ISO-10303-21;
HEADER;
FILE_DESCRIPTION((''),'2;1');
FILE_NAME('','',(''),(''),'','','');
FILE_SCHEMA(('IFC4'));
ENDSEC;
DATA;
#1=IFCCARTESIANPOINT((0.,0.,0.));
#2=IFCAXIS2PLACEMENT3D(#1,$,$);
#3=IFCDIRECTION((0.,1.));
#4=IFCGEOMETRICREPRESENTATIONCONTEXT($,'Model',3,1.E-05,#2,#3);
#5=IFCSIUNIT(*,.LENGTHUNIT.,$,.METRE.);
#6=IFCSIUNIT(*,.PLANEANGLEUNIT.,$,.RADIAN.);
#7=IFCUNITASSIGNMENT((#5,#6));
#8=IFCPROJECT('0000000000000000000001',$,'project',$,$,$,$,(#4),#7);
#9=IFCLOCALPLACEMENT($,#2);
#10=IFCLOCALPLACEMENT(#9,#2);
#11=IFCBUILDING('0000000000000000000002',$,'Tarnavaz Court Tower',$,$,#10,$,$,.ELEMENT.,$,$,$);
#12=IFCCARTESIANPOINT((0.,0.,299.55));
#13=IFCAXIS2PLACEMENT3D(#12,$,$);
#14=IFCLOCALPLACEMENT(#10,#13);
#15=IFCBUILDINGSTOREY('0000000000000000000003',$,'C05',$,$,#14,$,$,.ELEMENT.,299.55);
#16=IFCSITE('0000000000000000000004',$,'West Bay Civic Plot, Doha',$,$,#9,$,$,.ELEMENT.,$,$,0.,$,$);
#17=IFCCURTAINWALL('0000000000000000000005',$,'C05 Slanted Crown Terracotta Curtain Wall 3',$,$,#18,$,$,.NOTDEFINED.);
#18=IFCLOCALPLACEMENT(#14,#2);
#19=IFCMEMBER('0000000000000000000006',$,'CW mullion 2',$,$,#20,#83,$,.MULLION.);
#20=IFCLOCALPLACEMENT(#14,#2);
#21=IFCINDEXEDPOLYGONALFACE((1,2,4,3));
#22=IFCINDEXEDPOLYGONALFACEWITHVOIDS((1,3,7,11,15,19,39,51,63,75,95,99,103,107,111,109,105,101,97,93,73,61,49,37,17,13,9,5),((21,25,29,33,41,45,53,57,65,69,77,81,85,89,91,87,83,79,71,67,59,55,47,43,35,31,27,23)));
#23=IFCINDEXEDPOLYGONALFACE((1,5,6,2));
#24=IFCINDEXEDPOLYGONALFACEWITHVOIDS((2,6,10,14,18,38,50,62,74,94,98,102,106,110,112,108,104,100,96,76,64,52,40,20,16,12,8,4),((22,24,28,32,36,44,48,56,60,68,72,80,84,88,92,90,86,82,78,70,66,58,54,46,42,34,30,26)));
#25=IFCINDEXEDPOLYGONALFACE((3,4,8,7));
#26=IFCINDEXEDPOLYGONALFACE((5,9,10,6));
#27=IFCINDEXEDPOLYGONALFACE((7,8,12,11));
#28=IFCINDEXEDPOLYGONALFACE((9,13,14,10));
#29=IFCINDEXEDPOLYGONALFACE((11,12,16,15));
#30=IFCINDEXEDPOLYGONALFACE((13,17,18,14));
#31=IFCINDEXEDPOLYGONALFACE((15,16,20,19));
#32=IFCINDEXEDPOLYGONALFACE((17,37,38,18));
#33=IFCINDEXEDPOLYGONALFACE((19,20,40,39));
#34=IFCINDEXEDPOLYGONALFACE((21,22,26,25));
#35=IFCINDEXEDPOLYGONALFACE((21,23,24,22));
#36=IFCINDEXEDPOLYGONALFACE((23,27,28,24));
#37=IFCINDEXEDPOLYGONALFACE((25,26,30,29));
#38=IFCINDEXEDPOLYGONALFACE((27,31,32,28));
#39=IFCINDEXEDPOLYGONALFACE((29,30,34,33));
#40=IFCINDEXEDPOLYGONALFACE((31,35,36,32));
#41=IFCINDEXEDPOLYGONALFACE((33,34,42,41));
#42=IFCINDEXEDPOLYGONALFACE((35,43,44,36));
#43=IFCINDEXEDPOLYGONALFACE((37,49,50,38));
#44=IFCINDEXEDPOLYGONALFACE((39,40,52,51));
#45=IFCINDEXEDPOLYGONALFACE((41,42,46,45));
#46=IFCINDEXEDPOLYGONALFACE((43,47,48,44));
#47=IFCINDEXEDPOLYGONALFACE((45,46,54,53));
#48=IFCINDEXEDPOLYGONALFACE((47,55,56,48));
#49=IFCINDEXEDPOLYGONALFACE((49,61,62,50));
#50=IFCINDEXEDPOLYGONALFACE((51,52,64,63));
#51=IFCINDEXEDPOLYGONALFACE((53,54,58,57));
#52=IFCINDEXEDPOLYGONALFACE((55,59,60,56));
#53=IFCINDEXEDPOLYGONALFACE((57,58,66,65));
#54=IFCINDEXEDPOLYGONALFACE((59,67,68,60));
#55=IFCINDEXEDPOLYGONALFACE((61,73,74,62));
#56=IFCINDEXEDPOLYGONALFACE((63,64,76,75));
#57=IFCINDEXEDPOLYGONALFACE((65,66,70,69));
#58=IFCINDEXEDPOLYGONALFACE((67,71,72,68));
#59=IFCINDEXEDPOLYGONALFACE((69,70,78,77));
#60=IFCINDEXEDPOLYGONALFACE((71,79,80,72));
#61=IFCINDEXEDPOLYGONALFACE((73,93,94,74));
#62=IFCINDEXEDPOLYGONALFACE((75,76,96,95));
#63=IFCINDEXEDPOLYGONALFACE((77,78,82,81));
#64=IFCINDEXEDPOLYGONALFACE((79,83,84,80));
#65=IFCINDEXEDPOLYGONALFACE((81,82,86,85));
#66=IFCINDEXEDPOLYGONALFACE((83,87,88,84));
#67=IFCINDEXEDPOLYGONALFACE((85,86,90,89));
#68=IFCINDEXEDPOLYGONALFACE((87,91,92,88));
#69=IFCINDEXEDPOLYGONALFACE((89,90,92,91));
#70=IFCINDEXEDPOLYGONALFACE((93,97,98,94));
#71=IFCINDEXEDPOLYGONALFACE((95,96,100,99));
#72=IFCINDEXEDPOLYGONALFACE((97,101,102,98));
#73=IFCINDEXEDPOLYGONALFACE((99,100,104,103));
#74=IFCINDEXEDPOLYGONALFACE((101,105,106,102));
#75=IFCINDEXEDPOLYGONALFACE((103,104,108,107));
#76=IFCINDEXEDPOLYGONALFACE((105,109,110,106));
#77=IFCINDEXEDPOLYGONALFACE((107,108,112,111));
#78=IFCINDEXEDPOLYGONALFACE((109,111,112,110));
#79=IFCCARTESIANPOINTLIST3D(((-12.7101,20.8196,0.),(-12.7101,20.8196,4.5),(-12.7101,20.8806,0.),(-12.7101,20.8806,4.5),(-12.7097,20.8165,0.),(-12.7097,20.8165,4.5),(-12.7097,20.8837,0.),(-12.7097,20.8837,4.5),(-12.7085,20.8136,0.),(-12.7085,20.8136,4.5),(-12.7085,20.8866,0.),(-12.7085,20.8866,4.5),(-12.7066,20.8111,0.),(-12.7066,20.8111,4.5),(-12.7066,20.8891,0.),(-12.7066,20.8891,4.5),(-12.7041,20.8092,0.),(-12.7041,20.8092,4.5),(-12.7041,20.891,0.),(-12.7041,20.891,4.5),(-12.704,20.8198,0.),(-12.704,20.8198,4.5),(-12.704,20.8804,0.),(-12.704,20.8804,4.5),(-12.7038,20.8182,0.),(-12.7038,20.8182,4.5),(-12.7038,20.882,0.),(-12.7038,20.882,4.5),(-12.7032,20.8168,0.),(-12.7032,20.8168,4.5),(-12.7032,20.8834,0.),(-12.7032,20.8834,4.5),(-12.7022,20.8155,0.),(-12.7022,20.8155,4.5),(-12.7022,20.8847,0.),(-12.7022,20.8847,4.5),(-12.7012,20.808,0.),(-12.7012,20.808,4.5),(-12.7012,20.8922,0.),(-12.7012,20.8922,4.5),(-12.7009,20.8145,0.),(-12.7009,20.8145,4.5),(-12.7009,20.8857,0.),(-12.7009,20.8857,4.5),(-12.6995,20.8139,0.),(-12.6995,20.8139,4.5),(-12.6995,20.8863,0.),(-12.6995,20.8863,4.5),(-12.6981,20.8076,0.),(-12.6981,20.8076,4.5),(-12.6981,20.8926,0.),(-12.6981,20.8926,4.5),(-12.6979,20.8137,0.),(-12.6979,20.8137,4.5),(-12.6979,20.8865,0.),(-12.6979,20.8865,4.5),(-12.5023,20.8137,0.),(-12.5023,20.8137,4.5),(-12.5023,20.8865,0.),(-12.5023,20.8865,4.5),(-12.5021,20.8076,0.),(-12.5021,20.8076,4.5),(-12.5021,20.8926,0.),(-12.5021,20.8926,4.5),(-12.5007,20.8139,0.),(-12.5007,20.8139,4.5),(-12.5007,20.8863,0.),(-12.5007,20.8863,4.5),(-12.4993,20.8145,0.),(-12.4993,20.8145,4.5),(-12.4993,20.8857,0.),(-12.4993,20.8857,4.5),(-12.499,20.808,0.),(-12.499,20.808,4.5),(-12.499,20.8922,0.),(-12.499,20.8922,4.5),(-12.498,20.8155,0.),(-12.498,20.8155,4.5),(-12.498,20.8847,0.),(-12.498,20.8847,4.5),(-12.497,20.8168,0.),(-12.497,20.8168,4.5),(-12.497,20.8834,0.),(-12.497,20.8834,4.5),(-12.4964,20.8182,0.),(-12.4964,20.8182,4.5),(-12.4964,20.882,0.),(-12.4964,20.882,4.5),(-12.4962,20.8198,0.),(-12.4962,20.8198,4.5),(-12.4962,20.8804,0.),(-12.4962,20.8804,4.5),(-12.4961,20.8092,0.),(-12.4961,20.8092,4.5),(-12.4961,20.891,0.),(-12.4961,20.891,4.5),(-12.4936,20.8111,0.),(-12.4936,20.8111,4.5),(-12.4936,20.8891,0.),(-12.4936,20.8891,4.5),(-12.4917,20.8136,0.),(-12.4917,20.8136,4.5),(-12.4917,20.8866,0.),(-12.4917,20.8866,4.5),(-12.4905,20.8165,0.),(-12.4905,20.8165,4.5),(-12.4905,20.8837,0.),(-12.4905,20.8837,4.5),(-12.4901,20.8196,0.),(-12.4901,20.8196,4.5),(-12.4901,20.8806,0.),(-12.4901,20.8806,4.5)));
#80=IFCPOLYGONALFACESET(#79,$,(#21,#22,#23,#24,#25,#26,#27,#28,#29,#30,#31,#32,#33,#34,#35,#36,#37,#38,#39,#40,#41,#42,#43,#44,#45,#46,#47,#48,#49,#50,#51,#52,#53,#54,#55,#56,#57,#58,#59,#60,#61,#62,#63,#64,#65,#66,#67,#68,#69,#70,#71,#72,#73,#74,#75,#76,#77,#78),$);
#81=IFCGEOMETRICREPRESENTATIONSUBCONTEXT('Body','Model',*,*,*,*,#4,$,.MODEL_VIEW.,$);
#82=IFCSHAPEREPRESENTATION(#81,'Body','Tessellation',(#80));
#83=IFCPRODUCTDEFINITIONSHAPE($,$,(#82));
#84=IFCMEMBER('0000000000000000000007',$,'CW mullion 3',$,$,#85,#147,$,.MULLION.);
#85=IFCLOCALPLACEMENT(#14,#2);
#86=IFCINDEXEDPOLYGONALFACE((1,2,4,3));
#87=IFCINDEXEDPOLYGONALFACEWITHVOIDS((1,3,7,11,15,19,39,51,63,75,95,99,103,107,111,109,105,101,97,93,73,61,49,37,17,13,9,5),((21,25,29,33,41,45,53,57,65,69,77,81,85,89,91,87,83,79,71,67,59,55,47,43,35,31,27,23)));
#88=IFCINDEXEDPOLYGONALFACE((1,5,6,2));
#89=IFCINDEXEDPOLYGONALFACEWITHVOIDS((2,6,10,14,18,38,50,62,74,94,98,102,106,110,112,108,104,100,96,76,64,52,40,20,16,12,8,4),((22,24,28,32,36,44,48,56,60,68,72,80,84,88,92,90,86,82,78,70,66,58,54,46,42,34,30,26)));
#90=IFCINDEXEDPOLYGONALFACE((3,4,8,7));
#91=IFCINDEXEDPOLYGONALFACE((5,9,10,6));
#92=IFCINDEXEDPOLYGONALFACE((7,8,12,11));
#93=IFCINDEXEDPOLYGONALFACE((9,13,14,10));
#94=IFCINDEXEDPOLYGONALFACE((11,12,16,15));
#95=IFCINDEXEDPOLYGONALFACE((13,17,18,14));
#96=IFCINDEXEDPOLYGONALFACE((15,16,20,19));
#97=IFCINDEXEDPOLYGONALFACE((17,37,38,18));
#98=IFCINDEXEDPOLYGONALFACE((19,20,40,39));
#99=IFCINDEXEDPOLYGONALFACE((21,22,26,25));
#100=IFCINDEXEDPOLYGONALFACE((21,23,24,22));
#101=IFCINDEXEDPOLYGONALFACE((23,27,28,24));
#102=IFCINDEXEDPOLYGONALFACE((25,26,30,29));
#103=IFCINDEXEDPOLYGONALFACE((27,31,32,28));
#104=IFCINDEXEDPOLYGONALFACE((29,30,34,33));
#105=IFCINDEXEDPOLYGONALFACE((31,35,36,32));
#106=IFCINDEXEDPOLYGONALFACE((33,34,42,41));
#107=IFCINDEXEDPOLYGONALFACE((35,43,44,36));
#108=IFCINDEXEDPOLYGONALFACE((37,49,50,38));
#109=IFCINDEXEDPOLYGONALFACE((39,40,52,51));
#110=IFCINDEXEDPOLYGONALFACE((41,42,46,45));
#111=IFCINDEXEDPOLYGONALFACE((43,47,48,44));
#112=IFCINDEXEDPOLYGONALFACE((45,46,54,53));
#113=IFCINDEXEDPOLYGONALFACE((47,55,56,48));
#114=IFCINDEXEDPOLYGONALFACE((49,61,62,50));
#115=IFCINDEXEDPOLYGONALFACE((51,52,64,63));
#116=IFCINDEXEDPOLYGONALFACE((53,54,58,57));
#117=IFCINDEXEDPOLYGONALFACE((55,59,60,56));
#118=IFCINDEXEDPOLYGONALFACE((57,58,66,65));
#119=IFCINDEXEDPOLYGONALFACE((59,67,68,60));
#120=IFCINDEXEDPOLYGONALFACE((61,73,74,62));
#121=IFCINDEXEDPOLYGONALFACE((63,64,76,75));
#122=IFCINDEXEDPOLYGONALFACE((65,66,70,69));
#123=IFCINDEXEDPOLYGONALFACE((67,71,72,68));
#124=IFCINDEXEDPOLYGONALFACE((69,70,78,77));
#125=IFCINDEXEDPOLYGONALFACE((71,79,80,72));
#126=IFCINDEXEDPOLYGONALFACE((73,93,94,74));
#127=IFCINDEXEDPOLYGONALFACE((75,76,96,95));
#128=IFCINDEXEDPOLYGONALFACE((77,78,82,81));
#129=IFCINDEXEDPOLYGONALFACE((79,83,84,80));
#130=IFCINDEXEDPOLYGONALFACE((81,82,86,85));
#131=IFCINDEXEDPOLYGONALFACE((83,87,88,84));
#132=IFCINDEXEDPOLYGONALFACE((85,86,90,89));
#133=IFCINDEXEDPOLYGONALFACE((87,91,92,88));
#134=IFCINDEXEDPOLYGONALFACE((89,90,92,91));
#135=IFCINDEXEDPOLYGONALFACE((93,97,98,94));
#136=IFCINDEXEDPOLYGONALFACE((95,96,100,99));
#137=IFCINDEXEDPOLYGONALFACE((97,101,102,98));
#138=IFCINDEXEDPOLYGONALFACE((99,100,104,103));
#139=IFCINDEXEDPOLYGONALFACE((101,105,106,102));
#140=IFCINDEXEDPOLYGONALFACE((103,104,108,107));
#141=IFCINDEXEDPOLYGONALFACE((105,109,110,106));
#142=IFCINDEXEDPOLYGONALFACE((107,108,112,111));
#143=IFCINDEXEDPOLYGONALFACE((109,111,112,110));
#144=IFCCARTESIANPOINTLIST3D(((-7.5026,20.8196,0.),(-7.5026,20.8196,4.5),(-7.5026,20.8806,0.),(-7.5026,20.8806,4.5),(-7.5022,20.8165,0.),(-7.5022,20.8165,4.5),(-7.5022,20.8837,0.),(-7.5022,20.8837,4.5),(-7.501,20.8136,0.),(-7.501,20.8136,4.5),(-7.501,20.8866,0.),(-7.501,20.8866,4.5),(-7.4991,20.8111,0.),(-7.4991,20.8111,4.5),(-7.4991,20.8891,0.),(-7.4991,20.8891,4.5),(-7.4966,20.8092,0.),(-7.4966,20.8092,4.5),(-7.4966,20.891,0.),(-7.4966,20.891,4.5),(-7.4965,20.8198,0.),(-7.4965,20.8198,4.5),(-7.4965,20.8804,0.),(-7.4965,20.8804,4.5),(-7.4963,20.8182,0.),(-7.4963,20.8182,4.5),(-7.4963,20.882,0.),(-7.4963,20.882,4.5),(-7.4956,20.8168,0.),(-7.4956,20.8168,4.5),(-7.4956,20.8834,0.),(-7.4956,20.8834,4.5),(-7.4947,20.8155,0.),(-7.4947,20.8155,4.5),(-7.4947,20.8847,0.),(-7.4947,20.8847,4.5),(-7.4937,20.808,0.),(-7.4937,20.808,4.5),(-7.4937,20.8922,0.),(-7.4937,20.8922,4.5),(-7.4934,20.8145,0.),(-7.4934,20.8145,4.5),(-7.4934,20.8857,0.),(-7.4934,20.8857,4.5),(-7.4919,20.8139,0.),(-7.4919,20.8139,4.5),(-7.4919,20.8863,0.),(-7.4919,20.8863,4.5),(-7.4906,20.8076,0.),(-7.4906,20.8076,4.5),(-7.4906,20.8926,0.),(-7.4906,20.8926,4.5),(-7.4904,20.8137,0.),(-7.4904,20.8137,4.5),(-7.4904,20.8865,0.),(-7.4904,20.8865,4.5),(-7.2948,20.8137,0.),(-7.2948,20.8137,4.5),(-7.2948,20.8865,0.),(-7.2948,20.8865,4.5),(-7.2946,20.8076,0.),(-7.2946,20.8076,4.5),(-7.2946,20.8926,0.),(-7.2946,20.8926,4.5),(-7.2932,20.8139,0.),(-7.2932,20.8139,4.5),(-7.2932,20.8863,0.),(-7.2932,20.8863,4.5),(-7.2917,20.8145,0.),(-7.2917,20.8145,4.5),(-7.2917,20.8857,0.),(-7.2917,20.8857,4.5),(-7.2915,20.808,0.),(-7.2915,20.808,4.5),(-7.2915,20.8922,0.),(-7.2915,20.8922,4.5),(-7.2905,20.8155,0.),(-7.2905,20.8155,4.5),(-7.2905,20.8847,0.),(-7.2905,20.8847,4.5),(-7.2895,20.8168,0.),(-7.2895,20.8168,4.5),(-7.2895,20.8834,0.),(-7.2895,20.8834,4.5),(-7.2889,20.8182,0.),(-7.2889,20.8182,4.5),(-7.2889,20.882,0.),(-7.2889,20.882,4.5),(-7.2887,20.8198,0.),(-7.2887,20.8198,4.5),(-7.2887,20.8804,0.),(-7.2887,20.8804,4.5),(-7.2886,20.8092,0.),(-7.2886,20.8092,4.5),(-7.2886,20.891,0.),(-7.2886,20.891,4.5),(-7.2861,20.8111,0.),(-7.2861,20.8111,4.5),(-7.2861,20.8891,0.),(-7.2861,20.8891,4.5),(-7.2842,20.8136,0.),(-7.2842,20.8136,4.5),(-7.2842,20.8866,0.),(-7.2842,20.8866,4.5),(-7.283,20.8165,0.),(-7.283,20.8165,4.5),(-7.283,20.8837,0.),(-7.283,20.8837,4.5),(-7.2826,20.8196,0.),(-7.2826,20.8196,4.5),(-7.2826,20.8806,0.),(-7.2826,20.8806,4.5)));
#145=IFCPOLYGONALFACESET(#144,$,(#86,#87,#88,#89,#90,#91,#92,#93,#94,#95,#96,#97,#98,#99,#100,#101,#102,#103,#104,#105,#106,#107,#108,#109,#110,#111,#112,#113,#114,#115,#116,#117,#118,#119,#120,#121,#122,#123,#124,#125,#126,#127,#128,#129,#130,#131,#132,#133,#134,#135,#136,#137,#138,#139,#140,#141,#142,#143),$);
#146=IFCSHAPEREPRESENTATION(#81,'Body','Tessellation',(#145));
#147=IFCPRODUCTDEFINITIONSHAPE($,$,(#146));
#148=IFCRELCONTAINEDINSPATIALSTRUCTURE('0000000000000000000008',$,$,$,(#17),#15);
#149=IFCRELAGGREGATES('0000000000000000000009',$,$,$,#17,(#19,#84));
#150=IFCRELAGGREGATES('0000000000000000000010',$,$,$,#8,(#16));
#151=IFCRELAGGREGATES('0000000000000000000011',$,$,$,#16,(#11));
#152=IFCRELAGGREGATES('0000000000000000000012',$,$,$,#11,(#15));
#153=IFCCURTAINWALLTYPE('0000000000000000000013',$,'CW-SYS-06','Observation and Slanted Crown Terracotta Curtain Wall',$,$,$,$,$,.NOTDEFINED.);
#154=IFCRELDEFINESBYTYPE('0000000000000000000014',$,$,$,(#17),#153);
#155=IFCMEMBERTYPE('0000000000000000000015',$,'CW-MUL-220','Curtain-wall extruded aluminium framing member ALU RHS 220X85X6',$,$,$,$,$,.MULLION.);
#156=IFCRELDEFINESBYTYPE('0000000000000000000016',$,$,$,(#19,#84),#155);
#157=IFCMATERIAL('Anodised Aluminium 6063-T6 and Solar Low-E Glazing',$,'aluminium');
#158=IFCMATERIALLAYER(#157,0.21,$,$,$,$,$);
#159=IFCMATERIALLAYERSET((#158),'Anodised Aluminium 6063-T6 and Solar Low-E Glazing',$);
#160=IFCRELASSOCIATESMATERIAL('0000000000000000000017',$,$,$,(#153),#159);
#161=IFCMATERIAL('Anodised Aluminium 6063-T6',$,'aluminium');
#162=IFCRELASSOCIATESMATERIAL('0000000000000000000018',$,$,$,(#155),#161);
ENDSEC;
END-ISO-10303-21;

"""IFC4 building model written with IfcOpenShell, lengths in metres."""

from ifc_helpers import new_model, si_unit, direction, frame, origin, origin_2d, place, context, subcontext, project, spatial, hollow_rectangle, extrude, material, layer, layer_set, material_profile, profile_set, type_object, element, aggregate, save


model = new_model("IFC4")

# Units and contexts
model_context = context("Model", 3, precision=1e-05, world=origin(), true_north=direction((0.0, 1.0)))
body_context = subcontext(model_context, "Body", "Model", "MODEL_VIEW")
ifc_project = project(units=[si_unit("LENGTHUNIT", "METRE"), si_unit("PLANEANGLEUNIT", "RADIAN")], contexts=[model_context])

# Site, building, storey
site_placement = place(None, origin())
site = spatial("IfcSite", under=ifc_project, at=site_placement, Name="West Bay Civic Plot, Doha", CompositionType="ELEMENT", RefElevation=0.0)
building_placement = place(site_placement, origin())
building = spatial("IfcBuilding", under=site, at=building_placement, Name="Tarnavaz Court Tower", CompositionType="ELEMENT")
storey_placement = place(building_placement, frame((0.0, 0.0, 299.55)))
storey = spatial("IfcBuildingStorey", under=building, at=storey_placement, Name="C05", CompositionType="ELEMENT", Elevation=299.55)

# Shared definitions
ifc_material_1 = material(Name="Anodised Aluminium 6063-T6 and Solar Low-E Glazing", Category="aluminium")
ifc_layer_1 = layer(ifc_material_1, 0.21)
ifc_layer_set_1 = layer_set([ifc_layer_1], Name="Anodised Aluminium 6063-T6 and Solar Low-E Glazing")
curtain_wall_type = type_object("IfcCurtainWallType", Name="CW-SYS-06", Description="Observation and Slanted Crown Terracotta Curtain Wall", PredefinedType="NOTDEFINED", material=ifc_layer_set_1)
ifc_material_2 = material(Name="Anodised Aluminium 6063-T6", Category="aluminium")
ifc_material_profile_1 = material_profile(ifc_material_2, hollow_rectangle(XDim=0.085, YDim=0.22, WallThickness=0.0061, InnerFilletRadius=0.0061, OuterFilletRadius=0.012, at=origin_2d()), Name="ALU RHS 220X85X6")
ifc_profile_set_1 = profile_set([ifc_material_profile_1], Name="Anodised Aluminium 6063-T6")
member_type_1 = type_object("IfcMemberType", Name="CW-MUL-220", Description="Curtain-wall extruded aluminium framing member ALU RHS 220X85X6", PredefinedType="MULLION", material=ifc_profile_set_1)

# Curtain wall, members
curtain_wall_1_placement = place(storey_placement, origin())
curtain_wall_1 = element("IfcCurtainWall", 1, at=curtain_wall_1_placement, inside=storey, type_object=curtain_wall_type, Name="C05 Slanted Crown Terracotta Curtain Wall 3", PredefinedType="NOTDEFINED")
member_1_placement = place(storey_placement, frame((-12.6001, 20.8501, 0.0), z_axis=(0.0, 0.0, 1.0), x_axis=(0.0, 1.0, 0.0)))
member_1 = element("IfcMember", 2, at=member_1_placement, type_object=member_type_1, Name="CW mullion 2", PredefinedType="MULLION", context=body_context, shape_type="SweptSolid", body=[
    extrude(hollow_rectangle(XDim=0.085, YDim=0.22, WallThickness=0.0061, InnerFilletRadius=0.0061, OuterFilletRadius=0.012, at=origin_2d()), origin(), (0.0, 0.0, 1.0), 4.5),
])
member_2_placement = place(storey_placement, frame((-7.3926, 20.8501, 0.0), z_axis=(0.0, 0.0, 1.0), x_axis=(0.0, 1.0, 0.0)))
member_2 = element("IfcMember", 3, at=member_2_placement, type_object=member_type_1, Name="CW mullion 3", PredefinedType="MULLION", context=body_context, shape_type="SweptSolid", body=[
    extrude(hollow_rectangle(XDim=0.085, YDim=0.22, WallThickness=0.0061, InnerFilletRadius=0.0061, OuterFilletRadius=0.012, at=origin_2d()), origin(), (0.0, 0.0, 1.0), 4.5),
])

aggregate(curtain_wall_1, [member_1, member_2])

save(model, "model.ifc")
